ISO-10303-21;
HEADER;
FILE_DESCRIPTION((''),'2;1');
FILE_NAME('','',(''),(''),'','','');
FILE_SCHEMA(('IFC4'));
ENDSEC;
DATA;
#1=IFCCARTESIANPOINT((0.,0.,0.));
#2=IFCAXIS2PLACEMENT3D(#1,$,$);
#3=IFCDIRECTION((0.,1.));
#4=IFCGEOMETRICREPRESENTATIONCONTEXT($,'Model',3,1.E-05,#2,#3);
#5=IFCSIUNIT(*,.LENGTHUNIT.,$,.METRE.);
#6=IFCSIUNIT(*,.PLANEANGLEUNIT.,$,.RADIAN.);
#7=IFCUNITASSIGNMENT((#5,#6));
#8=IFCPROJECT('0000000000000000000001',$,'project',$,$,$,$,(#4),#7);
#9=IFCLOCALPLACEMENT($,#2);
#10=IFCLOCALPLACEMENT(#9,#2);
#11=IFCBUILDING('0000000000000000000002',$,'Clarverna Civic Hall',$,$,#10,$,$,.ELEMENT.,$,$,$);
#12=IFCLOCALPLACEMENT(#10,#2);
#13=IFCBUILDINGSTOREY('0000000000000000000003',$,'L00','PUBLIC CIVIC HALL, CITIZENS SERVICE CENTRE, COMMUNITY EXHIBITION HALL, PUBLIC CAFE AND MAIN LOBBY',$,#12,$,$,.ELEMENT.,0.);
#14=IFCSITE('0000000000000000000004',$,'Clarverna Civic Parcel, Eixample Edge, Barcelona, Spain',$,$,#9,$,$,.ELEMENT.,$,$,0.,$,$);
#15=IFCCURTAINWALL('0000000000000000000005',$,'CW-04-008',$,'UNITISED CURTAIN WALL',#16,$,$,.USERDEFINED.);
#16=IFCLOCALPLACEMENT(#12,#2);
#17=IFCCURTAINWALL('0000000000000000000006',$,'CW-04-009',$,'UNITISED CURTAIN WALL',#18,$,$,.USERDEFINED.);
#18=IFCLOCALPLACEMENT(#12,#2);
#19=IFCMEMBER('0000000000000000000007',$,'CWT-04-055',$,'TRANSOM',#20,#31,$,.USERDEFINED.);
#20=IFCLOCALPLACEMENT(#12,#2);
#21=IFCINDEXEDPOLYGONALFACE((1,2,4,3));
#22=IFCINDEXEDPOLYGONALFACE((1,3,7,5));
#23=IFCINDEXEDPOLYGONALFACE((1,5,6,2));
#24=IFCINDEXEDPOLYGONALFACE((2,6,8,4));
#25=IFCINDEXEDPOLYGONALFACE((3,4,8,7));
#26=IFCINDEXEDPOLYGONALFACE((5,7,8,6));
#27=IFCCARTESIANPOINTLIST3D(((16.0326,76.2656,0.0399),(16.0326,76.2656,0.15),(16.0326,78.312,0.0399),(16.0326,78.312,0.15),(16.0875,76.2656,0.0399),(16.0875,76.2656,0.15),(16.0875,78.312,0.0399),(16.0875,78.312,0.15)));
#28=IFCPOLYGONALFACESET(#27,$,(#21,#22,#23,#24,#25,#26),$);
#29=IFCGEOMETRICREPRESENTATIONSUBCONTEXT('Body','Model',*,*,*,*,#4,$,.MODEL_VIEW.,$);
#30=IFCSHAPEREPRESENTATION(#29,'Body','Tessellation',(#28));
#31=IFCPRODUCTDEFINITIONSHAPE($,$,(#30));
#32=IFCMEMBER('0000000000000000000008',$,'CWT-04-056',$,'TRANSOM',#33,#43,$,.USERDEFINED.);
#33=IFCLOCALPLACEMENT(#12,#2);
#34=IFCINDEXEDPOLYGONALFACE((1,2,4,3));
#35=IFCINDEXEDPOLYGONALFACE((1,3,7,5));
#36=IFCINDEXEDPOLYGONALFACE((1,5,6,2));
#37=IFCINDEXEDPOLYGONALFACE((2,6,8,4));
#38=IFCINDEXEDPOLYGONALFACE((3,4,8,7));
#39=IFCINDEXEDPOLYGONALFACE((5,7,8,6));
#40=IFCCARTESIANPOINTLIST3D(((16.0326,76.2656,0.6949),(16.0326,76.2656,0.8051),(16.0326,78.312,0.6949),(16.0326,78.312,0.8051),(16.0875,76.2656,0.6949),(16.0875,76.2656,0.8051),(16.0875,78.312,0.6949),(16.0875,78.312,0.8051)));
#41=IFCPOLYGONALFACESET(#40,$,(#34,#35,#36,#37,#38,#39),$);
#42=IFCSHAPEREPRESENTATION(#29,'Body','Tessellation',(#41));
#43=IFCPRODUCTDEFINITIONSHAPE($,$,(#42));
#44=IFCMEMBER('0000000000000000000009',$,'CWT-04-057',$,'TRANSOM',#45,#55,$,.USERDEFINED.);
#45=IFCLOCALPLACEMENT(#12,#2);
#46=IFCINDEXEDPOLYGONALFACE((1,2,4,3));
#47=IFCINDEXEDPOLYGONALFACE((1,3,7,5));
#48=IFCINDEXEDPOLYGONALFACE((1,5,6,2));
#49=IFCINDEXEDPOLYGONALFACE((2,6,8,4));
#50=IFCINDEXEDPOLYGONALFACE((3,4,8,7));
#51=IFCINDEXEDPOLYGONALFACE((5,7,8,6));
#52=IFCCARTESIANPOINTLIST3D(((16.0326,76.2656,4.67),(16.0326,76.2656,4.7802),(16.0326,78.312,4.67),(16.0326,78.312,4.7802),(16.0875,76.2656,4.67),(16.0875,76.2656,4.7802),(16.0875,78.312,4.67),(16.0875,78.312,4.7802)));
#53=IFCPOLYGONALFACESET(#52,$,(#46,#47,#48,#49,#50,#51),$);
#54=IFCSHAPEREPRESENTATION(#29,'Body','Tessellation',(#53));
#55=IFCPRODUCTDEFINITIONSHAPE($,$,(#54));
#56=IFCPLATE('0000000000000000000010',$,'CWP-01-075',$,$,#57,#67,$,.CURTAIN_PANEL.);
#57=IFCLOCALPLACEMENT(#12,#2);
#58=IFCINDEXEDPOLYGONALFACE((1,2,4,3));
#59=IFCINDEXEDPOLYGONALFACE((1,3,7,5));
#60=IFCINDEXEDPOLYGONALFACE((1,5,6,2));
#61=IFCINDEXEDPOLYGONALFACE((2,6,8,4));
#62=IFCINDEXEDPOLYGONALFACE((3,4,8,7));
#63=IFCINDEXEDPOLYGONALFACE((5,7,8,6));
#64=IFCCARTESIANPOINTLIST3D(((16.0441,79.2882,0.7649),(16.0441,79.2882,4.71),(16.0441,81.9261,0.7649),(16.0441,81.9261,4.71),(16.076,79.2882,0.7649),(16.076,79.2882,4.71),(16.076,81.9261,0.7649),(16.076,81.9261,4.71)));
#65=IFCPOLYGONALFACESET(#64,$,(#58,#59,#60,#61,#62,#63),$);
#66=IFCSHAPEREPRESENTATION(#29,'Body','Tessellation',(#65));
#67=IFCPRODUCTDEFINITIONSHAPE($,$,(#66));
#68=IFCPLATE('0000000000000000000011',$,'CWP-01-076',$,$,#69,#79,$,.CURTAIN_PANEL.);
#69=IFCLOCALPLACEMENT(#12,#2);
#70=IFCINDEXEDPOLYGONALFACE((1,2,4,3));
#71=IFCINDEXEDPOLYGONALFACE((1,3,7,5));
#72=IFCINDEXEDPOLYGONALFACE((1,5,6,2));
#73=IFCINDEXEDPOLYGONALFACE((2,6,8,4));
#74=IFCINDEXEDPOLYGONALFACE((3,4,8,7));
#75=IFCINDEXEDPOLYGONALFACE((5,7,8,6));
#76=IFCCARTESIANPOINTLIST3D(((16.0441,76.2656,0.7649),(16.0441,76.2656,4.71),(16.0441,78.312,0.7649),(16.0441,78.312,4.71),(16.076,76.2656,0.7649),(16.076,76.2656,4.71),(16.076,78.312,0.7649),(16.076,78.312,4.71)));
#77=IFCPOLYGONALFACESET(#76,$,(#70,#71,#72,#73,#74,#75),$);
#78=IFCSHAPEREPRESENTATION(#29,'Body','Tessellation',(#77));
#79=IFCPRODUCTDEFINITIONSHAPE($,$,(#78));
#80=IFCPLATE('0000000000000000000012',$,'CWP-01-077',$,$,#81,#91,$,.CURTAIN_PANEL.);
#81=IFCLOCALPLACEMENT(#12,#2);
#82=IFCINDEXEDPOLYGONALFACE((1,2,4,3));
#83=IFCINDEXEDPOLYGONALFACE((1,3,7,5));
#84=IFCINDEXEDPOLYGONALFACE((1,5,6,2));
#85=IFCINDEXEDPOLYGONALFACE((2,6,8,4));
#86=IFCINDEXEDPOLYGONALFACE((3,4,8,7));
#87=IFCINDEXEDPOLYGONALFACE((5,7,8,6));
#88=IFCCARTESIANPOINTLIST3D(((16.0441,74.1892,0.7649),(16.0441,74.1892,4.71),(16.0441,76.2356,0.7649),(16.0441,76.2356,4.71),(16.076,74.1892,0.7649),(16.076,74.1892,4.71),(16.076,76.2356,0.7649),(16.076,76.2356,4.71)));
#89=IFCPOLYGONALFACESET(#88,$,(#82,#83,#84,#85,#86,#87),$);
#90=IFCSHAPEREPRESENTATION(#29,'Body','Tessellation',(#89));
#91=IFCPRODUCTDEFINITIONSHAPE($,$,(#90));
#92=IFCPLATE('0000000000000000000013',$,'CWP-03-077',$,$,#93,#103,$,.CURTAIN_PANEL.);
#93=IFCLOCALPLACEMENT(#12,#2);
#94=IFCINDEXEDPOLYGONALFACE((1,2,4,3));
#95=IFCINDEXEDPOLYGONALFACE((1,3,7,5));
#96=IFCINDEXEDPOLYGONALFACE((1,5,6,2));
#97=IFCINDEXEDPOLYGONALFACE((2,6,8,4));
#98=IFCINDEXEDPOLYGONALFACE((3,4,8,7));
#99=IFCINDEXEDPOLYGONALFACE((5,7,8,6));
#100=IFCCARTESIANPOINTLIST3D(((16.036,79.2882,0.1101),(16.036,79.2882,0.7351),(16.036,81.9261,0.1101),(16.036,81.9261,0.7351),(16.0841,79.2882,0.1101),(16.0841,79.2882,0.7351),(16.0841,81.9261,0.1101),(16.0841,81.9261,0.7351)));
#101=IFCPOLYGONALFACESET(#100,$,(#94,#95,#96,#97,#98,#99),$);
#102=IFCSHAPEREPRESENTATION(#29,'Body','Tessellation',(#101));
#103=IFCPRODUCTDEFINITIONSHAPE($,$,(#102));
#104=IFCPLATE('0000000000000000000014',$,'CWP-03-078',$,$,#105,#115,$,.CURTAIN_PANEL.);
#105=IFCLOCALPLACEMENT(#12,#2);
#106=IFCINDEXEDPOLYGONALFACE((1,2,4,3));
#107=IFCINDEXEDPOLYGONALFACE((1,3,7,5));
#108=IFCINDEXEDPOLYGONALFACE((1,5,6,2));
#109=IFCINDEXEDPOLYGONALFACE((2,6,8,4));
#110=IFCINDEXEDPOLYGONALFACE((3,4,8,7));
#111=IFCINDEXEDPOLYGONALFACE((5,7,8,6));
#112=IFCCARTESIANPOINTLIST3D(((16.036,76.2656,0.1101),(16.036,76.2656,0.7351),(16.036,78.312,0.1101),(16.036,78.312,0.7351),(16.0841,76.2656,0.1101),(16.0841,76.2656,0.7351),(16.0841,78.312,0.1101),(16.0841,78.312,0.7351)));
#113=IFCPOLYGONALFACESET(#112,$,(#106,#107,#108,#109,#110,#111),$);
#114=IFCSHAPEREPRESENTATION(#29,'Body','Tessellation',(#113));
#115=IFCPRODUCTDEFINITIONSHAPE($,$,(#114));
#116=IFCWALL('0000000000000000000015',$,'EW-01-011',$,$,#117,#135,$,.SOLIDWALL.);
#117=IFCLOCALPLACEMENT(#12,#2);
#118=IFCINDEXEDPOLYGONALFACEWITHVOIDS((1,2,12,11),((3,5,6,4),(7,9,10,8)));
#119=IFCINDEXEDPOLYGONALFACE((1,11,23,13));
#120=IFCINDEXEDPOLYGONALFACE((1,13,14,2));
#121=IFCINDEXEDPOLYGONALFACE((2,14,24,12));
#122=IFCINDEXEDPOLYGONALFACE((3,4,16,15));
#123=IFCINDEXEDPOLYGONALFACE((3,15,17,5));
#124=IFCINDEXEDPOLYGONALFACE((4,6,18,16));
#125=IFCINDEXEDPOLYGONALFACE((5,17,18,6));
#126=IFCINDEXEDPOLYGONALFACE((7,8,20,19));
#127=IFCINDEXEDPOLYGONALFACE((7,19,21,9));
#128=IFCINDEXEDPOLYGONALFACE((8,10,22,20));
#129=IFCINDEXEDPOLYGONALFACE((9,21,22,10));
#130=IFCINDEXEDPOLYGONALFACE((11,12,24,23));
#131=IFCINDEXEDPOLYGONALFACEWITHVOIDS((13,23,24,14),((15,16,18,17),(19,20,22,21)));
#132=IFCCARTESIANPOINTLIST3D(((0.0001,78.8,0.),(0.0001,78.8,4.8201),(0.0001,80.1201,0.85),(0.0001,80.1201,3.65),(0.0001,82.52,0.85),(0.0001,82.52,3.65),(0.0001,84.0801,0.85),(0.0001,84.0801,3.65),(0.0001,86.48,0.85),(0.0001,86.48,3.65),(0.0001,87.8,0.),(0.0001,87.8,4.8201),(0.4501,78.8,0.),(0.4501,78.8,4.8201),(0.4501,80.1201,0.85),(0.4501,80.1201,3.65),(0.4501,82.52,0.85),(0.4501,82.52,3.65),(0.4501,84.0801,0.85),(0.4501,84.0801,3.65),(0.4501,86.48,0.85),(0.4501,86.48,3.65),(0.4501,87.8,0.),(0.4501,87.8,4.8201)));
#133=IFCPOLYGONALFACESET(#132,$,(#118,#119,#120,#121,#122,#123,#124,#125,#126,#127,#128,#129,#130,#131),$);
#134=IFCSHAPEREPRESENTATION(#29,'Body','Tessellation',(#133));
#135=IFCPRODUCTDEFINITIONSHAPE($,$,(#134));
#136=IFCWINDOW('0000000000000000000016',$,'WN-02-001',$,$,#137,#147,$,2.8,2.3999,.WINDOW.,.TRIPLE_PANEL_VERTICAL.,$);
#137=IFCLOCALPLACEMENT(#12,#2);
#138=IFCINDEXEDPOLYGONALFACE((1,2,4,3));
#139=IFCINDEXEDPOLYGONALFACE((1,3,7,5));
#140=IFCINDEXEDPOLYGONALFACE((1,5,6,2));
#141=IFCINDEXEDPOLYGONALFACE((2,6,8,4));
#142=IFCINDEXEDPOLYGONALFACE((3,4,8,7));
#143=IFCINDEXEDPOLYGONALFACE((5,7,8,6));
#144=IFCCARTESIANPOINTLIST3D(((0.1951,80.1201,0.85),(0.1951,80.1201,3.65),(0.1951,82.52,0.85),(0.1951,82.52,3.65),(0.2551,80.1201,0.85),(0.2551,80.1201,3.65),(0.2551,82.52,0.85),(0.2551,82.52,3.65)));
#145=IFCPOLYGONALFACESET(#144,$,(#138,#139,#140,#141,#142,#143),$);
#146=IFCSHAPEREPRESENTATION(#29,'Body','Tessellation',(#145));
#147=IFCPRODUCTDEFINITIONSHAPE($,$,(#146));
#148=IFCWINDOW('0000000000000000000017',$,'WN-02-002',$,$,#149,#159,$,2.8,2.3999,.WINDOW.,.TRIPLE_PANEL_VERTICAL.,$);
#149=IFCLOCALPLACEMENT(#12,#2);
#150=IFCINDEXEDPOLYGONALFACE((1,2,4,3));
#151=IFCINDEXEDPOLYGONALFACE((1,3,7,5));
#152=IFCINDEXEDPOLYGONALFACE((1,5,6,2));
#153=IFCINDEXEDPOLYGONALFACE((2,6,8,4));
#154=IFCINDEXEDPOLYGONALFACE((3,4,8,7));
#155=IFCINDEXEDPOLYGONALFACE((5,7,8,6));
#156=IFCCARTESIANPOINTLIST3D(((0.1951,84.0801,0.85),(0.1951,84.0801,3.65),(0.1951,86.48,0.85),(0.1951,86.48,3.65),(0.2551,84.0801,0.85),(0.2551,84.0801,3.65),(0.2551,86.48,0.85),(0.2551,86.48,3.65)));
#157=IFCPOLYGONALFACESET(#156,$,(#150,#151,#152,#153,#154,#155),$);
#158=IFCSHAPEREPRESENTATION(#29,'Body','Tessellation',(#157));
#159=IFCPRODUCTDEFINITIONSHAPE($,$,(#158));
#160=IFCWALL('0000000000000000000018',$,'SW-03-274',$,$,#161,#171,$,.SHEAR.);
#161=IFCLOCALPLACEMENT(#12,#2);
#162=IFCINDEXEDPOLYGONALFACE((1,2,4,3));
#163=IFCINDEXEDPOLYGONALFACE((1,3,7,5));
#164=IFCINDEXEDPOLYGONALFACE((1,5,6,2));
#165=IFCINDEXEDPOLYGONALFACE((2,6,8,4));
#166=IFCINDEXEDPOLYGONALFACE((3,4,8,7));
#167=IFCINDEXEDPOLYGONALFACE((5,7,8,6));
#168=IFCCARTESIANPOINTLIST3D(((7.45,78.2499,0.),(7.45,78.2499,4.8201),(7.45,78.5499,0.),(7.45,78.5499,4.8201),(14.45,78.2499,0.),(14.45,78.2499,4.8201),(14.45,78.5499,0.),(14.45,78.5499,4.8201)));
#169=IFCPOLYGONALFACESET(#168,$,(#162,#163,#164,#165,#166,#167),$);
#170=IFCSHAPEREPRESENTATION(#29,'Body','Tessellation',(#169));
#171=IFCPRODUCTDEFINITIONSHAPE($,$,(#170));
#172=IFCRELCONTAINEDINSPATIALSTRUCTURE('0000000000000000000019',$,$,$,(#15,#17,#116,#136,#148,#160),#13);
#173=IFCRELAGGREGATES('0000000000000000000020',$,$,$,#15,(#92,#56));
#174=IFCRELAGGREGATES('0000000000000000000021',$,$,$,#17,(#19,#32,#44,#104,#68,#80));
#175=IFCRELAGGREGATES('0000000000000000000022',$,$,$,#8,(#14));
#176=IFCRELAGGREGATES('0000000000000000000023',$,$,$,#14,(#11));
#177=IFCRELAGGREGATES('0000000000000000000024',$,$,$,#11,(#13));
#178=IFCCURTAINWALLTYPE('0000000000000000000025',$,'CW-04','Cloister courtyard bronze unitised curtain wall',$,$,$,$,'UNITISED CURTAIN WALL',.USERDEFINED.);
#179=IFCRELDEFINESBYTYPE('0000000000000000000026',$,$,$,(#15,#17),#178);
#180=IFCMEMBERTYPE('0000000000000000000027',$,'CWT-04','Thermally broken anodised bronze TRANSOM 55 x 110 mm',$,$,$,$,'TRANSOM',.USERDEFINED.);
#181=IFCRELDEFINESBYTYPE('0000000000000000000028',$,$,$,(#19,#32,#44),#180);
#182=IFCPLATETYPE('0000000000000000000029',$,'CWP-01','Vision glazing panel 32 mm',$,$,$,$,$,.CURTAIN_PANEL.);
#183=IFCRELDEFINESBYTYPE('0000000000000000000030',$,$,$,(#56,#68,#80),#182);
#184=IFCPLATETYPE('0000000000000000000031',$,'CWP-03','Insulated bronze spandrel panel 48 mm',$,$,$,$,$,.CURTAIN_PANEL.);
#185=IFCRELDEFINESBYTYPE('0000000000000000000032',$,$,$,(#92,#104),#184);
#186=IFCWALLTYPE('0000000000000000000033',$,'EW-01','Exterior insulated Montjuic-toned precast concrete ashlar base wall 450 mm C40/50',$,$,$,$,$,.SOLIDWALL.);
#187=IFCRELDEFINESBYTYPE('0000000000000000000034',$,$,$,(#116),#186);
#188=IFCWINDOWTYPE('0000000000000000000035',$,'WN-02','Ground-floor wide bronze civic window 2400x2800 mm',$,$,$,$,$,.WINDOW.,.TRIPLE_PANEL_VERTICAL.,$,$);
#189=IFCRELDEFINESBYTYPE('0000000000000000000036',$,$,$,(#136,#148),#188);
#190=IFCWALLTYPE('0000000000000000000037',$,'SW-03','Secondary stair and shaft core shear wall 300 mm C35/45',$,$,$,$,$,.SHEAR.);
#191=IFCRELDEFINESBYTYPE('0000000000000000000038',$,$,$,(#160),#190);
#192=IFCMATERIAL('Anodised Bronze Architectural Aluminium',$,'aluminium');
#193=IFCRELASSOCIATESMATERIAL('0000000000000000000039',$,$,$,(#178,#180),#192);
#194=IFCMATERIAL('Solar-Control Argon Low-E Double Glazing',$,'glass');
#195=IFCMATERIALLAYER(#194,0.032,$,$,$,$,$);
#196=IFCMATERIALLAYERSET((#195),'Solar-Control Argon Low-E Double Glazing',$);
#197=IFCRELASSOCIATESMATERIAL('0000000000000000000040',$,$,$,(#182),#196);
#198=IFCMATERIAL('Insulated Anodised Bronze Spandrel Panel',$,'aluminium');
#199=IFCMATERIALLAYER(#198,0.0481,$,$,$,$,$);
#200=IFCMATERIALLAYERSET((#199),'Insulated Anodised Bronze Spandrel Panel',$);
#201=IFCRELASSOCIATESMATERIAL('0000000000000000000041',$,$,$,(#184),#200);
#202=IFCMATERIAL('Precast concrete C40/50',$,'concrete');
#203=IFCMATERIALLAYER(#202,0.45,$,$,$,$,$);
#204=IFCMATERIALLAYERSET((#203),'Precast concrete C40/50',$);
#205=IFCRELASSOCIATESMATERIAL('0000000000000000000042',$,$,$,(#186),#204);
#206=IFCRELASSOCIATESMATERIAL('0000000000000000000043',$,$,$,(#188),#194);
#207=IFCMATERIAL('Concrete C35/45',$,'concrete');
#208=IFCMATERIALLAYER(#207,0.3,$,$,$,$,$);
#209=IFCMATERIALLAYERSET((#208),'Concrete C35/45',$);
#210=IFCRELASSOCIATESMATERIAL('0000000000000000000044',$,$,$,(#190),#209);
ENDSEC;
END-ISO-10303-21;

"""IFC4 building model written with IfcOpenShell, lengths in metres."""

from ifc_helpers import new_model, si_unit, direction, frame, frame_2d, origin, origin_2d, place, context, subcontext, project, spatial, rectangle, extrude, material, layer, layer_set, material_profile, profile_set, type_object, element, fill, aggregate, save


model = new_model("IFC4")

# Units and contexts
model_context = context("Model", 3, precision=1e-05, world=origin(), true_north=direction((0.0, 1.0)))
body_context = subcontext(model_context, "Body", "Model", "MODEL_VIEW")
ifc_project = project(units=[si_unit("LENGTHUNIT", "METRE"), si_unit("PLANEANGLEUNIT", "RADIAN")], contexts=[model_context])

# Site, building, storey
site_placement = place(None, origin())
site = spatial("IfcSite", under=ifc_project, at=site_placement, Name="Clarverna Civic Parcel, Eixample Edge, Barcelona, Spain", CompositionType="ELEMENT", RefElevation=0.0)
building_placement = place(site_placement, origin())
building = spatial("IfcBuilding", under=site, at=building_placement, Name="Clarverna Civic Hall", CompositionType="ELEMENT")
storey_placement = place(building_placement, origin())
storey = spatial("IfcBuildingStorey", under=building, at=storey_placement, Name="L00", Description="PUBLIC CIVIC HALL, CITIZENS SERVICE CENTRE, COMMUNITY EXHIBITION HALL, PUBLIC CAFE AND MAIN LOBBY", CompositionType="ELEMENT", Elevation=0.0)

# Shared definitions
ifc_material_1 = material(Name="Concrete C35/45", Category="concrete")

# Curtain walls
ifc_material_2 = material(Name="Anodised Bronze Architectural Aluminium", Category="aluminium")
curtain_wall_type = type_object("IfcCurtainWallType", Name="CW-04", Description="Cloister courtyard bronze unitised curtain wall", ElementType="UNITISED CURTAIN WALL", PredefinedType="USERDEFINED", material=ifc_material_2)
curtain_wall_1_placement = place(storey_placement, origin())
curtain_wall_1 = element("IfcCurtainWall", 1, at=curtain_wall_1_placement, inside=storey, type_object=curtain_wall_type, Name="CW-04-008", ObjectType="UNITISED CURTAIN WALL", PredefinedType="USERDEFINED")
curtain_wall_2_placement = place(storey_placement, origin())
curtain_wall_2 = element("IfcCurtainWall", 2, at=curtain_wall_2_placement, inside=storey, type_object=curtain_wall_type, Name="CW-04-009", ObjectType="UNITISED CURTAIN WALL", PredefinedType="USERDEFINED")

# Members
ifc_material_profile_1 = material_profile(ifc_material_2, rectangle(XDim=0.0549, YDim=0.1101, at=origin_2d()), Name="BRONZE 55x110")
ifc_profile_set_1 = profile_set([ifc_material_profile_1], Name="Anodised Bronze Architectural Aluminium")
member_type_1 = type_object("IfcMemberType", Name="CWT-04", Description="Thermally broken anodised bronze TRANSOM 55 x 110 mm", ElementType="TRANSOM", PredefinedType="USERDEFINED", material=ifc_profile_set_1)
member_1_placement = place(storey_placement, frame((16.0601, 78.312, 0.095), z_axis=(0.0, -1.0, 0.0), x_axis=(1.0, 0.0, 0.0)))
member_1 = element("IfcMember", 3, at=member_1_placement, type_object=member_type_1, Name="CWT-04-055", ObjectType="TRANSOM", PredefinedType="USERDEFINED", context=body_context, shape_type="SweptSolid", body=[
    extrude(rectangle(XDim=0.0549, YDim=0.1101, at=origin_2d()), origin(), (0.0, 0.0, 1.0), 2.0464),
])
member_2_placement = place(storey_placement, frame((16.0601, 78.312, 0.75), z_axis=(0.0, -1.0, 0.0), x_axis=(1.0, 0.0, 0.0)))
member_2 = element("IfcMember", 4, at=member_2_placement, type_object=member_type_1, Name="CWT-04-056", ObjectType="TRANSOM", PredefinedType="USERDEFINED", context=body_context, shape_type="SweptSolid", body=[
    extrude(rectangle(XDim=0.0549, YDim=0.1101, at=origin_2d()), origin(), (0.0, 0.0, 1.0), 2.0464),
])
member_3_placement = place(storey_placement, frame((16.0601, 78.312, 4.7251), z_axis=(0.0, -1.0, 0.0), x_axis=(1.0, 0.0, 0.0)))
member_3 = element("IfcMember", 5, at=member_3_placement, type_object=member_type_1, Name="CWT-04-057", ObjectType="TRANSOM", PredefinedType="USERDEFINED", context=body_context, shape_type="SweptSolid", body=[
    extrude(rectangle(XDim=0.0549, YDim=0.1101, at=origin_2d()), origin(), (0.0, 0.0, 1.0), 2.0464),
])

# Plates
ifc_material_3 = material(Name="Solar-Control Argon Low-E Double Glazing", Category="glass")
ifc_layer_1 = layer(ifc_material_3, 0.032)
ifc_layer_set_1 = layer_set([ifc_layer_1], Name="Solar-Control Argon Low-E Double Glazing")
plate_type_1 = type_object("IfcPlateType", Name="CWP-01", Description="Vision glazing panel 32 mm", PredefinedType="CURTAIN_PANEL", material=ifc_layer_set_1)
plate_1_placement = place(storey_placement, frame((16.0601, 81.926, 0.7649), z_axis=(0.0, 0.0, 1.0), x_axis=(0.0, -1.0, 0.0)))
plate_1 = element("IfcPlate", 6, at=plate_1_placement, type_object=plate_type_1, Name="CWP-01-075", PredefinedType="CURTAIN_PANEL", context=body_context, shape_type="SweptSolid", body=[
    extrude(rectangle(XDim=2.6379, YDim=0.032, at=frame_2d((1.3188, 0.0))), origin(), (0.0, 0.0, 1.0), 3.9451),
])
plate_2_placement = place(storey_placement, frame((16.0601, 78.312, 0.7649), z_axis=(0.0, 0.0, 1.0), x_axis=(0.0, -1.0, 0.0)))
plate_2 = element("IfcPlate", 7, at=plate_2_placement, type_object=plate_type_1, Name="CWP-01-076", PredefinedType="CURTAIN_PANEL", context=body_context, shape_type="SweptSolid", body=[
    extrude(rectangle(XDim=2.0464, YDim=0.032, at=frame_2d((1.0232, 0.0))), origin(), (0.0, 0.0, 1.0), 3.9451),
])
plate_3_placement = place(storey_placement, frame((16.0601, 76.2356, 0.7649), z_axis=(0.0, 0.0, 1.0), x_axis=(0.0, -1.0, 0.0)))
plate_3 = element("IfcPlate", 8, at=plate_3_placement, type_object=plate_type_1, Name="CWP-01-077", PredefinedType="CURTAIN_PANEL", context=body_context, shape_type="SweptSolid", body=[
    extrude(rectangle(XDim=2.0464, YDim=0.032, at=frame_2d((1.0232, 0.0))), origin(), (0.0, 0.0, 1.0), 3.9451),
])
ifc_material_4 = material(Name="Insulated Anodised Bronze Spandrel Panel", Category="aluminium")
ifc_layer_2 = layer(ifc_material_4, 0.0481)
ifc_layer_set_2 = layer_set([ifc_layer_2], Name="Insulated Anodised Bronze Spandrel Panel")
plate_type_2 = type_object("IfcPlateType", Name="CWP-03", Description="Insulated bronze spandrel panel 48 mm", PredefinedType="CURTAIN_PANEL", material=ifc_layer_set_2)
plate_4_placement = place(storey_placement, frame((16.0601, 81.926, 0.1101), z_axis=(0.0, 0.0, 1.0), x_axis=(0.0, -1.0, 0.0)))
plate_4 = element("IfcPlate", 9, at=plate_4_placement, type_object=plate_type_2, Name="CWP-03-077", PredefinedType="CURTAIN_PANEL", context=body_context, shape_type="SweptSolid", body=[
    extrude(rectangle(XDim=2.6379, YDim=0.0481, at=frame_2d((1.3188, 0.0))), origin(), (0.0, 0.0, 1.0), 0.625),
])
aggregate(curtain_wall_1, [plate_4, plate_1])
plate_5_placement = place(storey_placement, frame((16.0601, 78.312, 0.1101), z_axis=(0.0, 0.0, 1.0), x_axis=(0.0, -1.0, 0.0)))
plate_5 = element("IfcPlate", 10, at=plate_5_placement, type_object=plate_type_2, Name="CWP-03-078", PredefinedType="CURTAIN_PANEL", context=body_context, shape_type="SweptSolid", body=[
    extrude(rectangle(XDim=2.0464, YDim=0.0481, at=frame_2d((1.0232, 0.0))), origin(), (0.0, 0.0, 1.0), 0.625),
])
aggregate(curtain_wall_2, [member_1, member_2, member_3, plate_5, plate_2, plate_3])

# Wall, openings, windows
ifc_material_5 = material(Name="Precast concrete C40/50", Category="concrete")
ifc_layer_3 = layer(ifc_material_5, 0.45)
ifc_layer_set_3 = layer_set([ifc_layer_3], Name="Precast concrete C40/50")
wall_type_1 = type_object("IfcWallType", Name="EW-01", Description="Exterior insulated Montjuic-toned precast concrete ashlar base wall 450 mm C40/50", PredefinedType="SOLIDWALL", material=ifc_layer_set_3)
wall_1_placement = place(storey_placement, frame((0.2251, 78.8, 0.0), z_axis=(0.0, 0.0, 1.0), x_axis=(0.0, 1.0, 0.0)))
wall_1 = element("IfcWall", 11, at=wall_1_placement, inside=storey, type_object=wall_type_1, Name="EW-01-011", PredefinedType="SOLIDWALL", context=body_context, shape_type="SweptSolid", body=[
    extrude(rectangle(XDim=9.0, YDim=0.45, at=frame_2d((4.5, 0.0))), origin(), (0.0, 0.0, 1.0), 4.8201),
])
opening_1_placement = place(wall_1_placement, frame((1.3201, 0.0, 0.8501)))
opening_1 = element("IfcOpeningElement", 12, at=opening_1_placement, cuts=wall_1, PredefinedType="OPENING", context=body_context, shape_type="SweptSolid", body=[
    extrude(rectangle(XDim=2.3999, YDim=2.8, at=frame_2d((1.2, 1.3999))), frame((0.0, 0.2349, 0.0), z_axis=(0.0, -1.0, 0.0), x_axis=(1.0, 0.0, 0.0)), (0.0, 0.0, 1.0), 0.47),
])
opening_2_placement = place(wall_1_placement, frame((5.28, 0.0, 0.8501)))
opening_2 = element("IfcOpeningElement", 13, at=opening_2_placement, cuts=wall_1, PredefinedType="OPENING", context=body_context, shape_type="SweptSolid", body=[
    extrude(rectangle(XDim=2.3999, YDim=2.8, at=frame_2d((1.2, 1.3999))), frame((0.0, 0.2349, 0.0), z_axis=(0.0, -1.0, 0.0), x_axis=(1.0, 0.0, 0.0)), (0.0, 0.0, 1.0), 0.47),
])
window_type = type_object("IfcWindowType", Name="WN-02", Description="Ground-floor wide bronze civic window 2400x2800 mm", PartitioningType="TRIPLE_PANEL_VERTICAL", PredefinedType="WINDOW", material=ifc_material_3)
window_1_placement = place(opening_1_placement, origin())
window_1 = element("IfcWindow", 14, at=window_1_placement, inside=storey, type_object=window_type, Name="WN-02-001", OverallHeight=2.8, OverallWidth=2.3999, PartitioningType="TRIPLE_PANEL_VERTICAL", PredefinedType="WINDOW", context=body_context, shape_type="SweptSolid", body=[
    extrude(rectangle(XDim=2.3999, YDim=2.8, at=frame_2d((1.2, 1.3999))), frame((0.0, 0.03, 0.0), z_axis=(0.0, -1.0, 0.0), x_axis=(1.0, 0.0, 0.0)), (0.0, 0.0, 1.0), 0.0601),
])
fill(opening_1, window_1)
window_2_placement = place(opening_2_placement, origin())
window_2 = element("IfcWindow", 15, at=window_2_placement, inside=storey, type_object=window_type, Name="WN-02-002", OverallHeight=2.8, OverallWidth=2.3999, PartitioningType="TRIPLE_PANEL_VERTICAL", PredefinedType="WINDOW", context=body_context, shape_type="SweptSolid", body=[
    extrude(rectangle(XDim=2.3999, YDim=2.8, at=frame_2d((1.2, 1.3999))), frame((0.0, 0.03, 0.0), z_axis=(0.0, -1.0, 0.0), x_axis=(1.0, 0.0, 0.0)), (0.0, 0.0, 1.0), 0.0601),
])
fill(opening_2, window_2)

# Wall
ifc_layer_4 = layer(ifc_material_1, 0.3)
ifc_layer_set_4 = layer_set([ifc_layer_4], Name="Concrete C35/45")
wall_type_2 = type_object("IfcWallType", Name="SW-03", Description="Secondary stair and shaft core shear wall 300 mm C35/45", PredefinedType="SHEAR", material=ifc_layer_set_4)
wall_2_placement = place(storey_placement, frame((7.45, 78.3999, 0.0), z_axis=(0.0, 0.0, 1.0), x_axis=(1.0, 0.0, 0.0)))
element("IfcWall", 16, at=wall_2_placement, inside=storey, type_object=wall_type_2, Name="SW-03-274", PredefinedType="SHEAR", context=body_context, shape_type="SweptSolid", body=[
    extrude(rectangle(XDim=7.0, YDim=0.3, at=frame_2d((3.5, 0.0))), origin(), (0.0, 0.0, 1.0), 4.8201),
])

save(model, "model.ifc")
